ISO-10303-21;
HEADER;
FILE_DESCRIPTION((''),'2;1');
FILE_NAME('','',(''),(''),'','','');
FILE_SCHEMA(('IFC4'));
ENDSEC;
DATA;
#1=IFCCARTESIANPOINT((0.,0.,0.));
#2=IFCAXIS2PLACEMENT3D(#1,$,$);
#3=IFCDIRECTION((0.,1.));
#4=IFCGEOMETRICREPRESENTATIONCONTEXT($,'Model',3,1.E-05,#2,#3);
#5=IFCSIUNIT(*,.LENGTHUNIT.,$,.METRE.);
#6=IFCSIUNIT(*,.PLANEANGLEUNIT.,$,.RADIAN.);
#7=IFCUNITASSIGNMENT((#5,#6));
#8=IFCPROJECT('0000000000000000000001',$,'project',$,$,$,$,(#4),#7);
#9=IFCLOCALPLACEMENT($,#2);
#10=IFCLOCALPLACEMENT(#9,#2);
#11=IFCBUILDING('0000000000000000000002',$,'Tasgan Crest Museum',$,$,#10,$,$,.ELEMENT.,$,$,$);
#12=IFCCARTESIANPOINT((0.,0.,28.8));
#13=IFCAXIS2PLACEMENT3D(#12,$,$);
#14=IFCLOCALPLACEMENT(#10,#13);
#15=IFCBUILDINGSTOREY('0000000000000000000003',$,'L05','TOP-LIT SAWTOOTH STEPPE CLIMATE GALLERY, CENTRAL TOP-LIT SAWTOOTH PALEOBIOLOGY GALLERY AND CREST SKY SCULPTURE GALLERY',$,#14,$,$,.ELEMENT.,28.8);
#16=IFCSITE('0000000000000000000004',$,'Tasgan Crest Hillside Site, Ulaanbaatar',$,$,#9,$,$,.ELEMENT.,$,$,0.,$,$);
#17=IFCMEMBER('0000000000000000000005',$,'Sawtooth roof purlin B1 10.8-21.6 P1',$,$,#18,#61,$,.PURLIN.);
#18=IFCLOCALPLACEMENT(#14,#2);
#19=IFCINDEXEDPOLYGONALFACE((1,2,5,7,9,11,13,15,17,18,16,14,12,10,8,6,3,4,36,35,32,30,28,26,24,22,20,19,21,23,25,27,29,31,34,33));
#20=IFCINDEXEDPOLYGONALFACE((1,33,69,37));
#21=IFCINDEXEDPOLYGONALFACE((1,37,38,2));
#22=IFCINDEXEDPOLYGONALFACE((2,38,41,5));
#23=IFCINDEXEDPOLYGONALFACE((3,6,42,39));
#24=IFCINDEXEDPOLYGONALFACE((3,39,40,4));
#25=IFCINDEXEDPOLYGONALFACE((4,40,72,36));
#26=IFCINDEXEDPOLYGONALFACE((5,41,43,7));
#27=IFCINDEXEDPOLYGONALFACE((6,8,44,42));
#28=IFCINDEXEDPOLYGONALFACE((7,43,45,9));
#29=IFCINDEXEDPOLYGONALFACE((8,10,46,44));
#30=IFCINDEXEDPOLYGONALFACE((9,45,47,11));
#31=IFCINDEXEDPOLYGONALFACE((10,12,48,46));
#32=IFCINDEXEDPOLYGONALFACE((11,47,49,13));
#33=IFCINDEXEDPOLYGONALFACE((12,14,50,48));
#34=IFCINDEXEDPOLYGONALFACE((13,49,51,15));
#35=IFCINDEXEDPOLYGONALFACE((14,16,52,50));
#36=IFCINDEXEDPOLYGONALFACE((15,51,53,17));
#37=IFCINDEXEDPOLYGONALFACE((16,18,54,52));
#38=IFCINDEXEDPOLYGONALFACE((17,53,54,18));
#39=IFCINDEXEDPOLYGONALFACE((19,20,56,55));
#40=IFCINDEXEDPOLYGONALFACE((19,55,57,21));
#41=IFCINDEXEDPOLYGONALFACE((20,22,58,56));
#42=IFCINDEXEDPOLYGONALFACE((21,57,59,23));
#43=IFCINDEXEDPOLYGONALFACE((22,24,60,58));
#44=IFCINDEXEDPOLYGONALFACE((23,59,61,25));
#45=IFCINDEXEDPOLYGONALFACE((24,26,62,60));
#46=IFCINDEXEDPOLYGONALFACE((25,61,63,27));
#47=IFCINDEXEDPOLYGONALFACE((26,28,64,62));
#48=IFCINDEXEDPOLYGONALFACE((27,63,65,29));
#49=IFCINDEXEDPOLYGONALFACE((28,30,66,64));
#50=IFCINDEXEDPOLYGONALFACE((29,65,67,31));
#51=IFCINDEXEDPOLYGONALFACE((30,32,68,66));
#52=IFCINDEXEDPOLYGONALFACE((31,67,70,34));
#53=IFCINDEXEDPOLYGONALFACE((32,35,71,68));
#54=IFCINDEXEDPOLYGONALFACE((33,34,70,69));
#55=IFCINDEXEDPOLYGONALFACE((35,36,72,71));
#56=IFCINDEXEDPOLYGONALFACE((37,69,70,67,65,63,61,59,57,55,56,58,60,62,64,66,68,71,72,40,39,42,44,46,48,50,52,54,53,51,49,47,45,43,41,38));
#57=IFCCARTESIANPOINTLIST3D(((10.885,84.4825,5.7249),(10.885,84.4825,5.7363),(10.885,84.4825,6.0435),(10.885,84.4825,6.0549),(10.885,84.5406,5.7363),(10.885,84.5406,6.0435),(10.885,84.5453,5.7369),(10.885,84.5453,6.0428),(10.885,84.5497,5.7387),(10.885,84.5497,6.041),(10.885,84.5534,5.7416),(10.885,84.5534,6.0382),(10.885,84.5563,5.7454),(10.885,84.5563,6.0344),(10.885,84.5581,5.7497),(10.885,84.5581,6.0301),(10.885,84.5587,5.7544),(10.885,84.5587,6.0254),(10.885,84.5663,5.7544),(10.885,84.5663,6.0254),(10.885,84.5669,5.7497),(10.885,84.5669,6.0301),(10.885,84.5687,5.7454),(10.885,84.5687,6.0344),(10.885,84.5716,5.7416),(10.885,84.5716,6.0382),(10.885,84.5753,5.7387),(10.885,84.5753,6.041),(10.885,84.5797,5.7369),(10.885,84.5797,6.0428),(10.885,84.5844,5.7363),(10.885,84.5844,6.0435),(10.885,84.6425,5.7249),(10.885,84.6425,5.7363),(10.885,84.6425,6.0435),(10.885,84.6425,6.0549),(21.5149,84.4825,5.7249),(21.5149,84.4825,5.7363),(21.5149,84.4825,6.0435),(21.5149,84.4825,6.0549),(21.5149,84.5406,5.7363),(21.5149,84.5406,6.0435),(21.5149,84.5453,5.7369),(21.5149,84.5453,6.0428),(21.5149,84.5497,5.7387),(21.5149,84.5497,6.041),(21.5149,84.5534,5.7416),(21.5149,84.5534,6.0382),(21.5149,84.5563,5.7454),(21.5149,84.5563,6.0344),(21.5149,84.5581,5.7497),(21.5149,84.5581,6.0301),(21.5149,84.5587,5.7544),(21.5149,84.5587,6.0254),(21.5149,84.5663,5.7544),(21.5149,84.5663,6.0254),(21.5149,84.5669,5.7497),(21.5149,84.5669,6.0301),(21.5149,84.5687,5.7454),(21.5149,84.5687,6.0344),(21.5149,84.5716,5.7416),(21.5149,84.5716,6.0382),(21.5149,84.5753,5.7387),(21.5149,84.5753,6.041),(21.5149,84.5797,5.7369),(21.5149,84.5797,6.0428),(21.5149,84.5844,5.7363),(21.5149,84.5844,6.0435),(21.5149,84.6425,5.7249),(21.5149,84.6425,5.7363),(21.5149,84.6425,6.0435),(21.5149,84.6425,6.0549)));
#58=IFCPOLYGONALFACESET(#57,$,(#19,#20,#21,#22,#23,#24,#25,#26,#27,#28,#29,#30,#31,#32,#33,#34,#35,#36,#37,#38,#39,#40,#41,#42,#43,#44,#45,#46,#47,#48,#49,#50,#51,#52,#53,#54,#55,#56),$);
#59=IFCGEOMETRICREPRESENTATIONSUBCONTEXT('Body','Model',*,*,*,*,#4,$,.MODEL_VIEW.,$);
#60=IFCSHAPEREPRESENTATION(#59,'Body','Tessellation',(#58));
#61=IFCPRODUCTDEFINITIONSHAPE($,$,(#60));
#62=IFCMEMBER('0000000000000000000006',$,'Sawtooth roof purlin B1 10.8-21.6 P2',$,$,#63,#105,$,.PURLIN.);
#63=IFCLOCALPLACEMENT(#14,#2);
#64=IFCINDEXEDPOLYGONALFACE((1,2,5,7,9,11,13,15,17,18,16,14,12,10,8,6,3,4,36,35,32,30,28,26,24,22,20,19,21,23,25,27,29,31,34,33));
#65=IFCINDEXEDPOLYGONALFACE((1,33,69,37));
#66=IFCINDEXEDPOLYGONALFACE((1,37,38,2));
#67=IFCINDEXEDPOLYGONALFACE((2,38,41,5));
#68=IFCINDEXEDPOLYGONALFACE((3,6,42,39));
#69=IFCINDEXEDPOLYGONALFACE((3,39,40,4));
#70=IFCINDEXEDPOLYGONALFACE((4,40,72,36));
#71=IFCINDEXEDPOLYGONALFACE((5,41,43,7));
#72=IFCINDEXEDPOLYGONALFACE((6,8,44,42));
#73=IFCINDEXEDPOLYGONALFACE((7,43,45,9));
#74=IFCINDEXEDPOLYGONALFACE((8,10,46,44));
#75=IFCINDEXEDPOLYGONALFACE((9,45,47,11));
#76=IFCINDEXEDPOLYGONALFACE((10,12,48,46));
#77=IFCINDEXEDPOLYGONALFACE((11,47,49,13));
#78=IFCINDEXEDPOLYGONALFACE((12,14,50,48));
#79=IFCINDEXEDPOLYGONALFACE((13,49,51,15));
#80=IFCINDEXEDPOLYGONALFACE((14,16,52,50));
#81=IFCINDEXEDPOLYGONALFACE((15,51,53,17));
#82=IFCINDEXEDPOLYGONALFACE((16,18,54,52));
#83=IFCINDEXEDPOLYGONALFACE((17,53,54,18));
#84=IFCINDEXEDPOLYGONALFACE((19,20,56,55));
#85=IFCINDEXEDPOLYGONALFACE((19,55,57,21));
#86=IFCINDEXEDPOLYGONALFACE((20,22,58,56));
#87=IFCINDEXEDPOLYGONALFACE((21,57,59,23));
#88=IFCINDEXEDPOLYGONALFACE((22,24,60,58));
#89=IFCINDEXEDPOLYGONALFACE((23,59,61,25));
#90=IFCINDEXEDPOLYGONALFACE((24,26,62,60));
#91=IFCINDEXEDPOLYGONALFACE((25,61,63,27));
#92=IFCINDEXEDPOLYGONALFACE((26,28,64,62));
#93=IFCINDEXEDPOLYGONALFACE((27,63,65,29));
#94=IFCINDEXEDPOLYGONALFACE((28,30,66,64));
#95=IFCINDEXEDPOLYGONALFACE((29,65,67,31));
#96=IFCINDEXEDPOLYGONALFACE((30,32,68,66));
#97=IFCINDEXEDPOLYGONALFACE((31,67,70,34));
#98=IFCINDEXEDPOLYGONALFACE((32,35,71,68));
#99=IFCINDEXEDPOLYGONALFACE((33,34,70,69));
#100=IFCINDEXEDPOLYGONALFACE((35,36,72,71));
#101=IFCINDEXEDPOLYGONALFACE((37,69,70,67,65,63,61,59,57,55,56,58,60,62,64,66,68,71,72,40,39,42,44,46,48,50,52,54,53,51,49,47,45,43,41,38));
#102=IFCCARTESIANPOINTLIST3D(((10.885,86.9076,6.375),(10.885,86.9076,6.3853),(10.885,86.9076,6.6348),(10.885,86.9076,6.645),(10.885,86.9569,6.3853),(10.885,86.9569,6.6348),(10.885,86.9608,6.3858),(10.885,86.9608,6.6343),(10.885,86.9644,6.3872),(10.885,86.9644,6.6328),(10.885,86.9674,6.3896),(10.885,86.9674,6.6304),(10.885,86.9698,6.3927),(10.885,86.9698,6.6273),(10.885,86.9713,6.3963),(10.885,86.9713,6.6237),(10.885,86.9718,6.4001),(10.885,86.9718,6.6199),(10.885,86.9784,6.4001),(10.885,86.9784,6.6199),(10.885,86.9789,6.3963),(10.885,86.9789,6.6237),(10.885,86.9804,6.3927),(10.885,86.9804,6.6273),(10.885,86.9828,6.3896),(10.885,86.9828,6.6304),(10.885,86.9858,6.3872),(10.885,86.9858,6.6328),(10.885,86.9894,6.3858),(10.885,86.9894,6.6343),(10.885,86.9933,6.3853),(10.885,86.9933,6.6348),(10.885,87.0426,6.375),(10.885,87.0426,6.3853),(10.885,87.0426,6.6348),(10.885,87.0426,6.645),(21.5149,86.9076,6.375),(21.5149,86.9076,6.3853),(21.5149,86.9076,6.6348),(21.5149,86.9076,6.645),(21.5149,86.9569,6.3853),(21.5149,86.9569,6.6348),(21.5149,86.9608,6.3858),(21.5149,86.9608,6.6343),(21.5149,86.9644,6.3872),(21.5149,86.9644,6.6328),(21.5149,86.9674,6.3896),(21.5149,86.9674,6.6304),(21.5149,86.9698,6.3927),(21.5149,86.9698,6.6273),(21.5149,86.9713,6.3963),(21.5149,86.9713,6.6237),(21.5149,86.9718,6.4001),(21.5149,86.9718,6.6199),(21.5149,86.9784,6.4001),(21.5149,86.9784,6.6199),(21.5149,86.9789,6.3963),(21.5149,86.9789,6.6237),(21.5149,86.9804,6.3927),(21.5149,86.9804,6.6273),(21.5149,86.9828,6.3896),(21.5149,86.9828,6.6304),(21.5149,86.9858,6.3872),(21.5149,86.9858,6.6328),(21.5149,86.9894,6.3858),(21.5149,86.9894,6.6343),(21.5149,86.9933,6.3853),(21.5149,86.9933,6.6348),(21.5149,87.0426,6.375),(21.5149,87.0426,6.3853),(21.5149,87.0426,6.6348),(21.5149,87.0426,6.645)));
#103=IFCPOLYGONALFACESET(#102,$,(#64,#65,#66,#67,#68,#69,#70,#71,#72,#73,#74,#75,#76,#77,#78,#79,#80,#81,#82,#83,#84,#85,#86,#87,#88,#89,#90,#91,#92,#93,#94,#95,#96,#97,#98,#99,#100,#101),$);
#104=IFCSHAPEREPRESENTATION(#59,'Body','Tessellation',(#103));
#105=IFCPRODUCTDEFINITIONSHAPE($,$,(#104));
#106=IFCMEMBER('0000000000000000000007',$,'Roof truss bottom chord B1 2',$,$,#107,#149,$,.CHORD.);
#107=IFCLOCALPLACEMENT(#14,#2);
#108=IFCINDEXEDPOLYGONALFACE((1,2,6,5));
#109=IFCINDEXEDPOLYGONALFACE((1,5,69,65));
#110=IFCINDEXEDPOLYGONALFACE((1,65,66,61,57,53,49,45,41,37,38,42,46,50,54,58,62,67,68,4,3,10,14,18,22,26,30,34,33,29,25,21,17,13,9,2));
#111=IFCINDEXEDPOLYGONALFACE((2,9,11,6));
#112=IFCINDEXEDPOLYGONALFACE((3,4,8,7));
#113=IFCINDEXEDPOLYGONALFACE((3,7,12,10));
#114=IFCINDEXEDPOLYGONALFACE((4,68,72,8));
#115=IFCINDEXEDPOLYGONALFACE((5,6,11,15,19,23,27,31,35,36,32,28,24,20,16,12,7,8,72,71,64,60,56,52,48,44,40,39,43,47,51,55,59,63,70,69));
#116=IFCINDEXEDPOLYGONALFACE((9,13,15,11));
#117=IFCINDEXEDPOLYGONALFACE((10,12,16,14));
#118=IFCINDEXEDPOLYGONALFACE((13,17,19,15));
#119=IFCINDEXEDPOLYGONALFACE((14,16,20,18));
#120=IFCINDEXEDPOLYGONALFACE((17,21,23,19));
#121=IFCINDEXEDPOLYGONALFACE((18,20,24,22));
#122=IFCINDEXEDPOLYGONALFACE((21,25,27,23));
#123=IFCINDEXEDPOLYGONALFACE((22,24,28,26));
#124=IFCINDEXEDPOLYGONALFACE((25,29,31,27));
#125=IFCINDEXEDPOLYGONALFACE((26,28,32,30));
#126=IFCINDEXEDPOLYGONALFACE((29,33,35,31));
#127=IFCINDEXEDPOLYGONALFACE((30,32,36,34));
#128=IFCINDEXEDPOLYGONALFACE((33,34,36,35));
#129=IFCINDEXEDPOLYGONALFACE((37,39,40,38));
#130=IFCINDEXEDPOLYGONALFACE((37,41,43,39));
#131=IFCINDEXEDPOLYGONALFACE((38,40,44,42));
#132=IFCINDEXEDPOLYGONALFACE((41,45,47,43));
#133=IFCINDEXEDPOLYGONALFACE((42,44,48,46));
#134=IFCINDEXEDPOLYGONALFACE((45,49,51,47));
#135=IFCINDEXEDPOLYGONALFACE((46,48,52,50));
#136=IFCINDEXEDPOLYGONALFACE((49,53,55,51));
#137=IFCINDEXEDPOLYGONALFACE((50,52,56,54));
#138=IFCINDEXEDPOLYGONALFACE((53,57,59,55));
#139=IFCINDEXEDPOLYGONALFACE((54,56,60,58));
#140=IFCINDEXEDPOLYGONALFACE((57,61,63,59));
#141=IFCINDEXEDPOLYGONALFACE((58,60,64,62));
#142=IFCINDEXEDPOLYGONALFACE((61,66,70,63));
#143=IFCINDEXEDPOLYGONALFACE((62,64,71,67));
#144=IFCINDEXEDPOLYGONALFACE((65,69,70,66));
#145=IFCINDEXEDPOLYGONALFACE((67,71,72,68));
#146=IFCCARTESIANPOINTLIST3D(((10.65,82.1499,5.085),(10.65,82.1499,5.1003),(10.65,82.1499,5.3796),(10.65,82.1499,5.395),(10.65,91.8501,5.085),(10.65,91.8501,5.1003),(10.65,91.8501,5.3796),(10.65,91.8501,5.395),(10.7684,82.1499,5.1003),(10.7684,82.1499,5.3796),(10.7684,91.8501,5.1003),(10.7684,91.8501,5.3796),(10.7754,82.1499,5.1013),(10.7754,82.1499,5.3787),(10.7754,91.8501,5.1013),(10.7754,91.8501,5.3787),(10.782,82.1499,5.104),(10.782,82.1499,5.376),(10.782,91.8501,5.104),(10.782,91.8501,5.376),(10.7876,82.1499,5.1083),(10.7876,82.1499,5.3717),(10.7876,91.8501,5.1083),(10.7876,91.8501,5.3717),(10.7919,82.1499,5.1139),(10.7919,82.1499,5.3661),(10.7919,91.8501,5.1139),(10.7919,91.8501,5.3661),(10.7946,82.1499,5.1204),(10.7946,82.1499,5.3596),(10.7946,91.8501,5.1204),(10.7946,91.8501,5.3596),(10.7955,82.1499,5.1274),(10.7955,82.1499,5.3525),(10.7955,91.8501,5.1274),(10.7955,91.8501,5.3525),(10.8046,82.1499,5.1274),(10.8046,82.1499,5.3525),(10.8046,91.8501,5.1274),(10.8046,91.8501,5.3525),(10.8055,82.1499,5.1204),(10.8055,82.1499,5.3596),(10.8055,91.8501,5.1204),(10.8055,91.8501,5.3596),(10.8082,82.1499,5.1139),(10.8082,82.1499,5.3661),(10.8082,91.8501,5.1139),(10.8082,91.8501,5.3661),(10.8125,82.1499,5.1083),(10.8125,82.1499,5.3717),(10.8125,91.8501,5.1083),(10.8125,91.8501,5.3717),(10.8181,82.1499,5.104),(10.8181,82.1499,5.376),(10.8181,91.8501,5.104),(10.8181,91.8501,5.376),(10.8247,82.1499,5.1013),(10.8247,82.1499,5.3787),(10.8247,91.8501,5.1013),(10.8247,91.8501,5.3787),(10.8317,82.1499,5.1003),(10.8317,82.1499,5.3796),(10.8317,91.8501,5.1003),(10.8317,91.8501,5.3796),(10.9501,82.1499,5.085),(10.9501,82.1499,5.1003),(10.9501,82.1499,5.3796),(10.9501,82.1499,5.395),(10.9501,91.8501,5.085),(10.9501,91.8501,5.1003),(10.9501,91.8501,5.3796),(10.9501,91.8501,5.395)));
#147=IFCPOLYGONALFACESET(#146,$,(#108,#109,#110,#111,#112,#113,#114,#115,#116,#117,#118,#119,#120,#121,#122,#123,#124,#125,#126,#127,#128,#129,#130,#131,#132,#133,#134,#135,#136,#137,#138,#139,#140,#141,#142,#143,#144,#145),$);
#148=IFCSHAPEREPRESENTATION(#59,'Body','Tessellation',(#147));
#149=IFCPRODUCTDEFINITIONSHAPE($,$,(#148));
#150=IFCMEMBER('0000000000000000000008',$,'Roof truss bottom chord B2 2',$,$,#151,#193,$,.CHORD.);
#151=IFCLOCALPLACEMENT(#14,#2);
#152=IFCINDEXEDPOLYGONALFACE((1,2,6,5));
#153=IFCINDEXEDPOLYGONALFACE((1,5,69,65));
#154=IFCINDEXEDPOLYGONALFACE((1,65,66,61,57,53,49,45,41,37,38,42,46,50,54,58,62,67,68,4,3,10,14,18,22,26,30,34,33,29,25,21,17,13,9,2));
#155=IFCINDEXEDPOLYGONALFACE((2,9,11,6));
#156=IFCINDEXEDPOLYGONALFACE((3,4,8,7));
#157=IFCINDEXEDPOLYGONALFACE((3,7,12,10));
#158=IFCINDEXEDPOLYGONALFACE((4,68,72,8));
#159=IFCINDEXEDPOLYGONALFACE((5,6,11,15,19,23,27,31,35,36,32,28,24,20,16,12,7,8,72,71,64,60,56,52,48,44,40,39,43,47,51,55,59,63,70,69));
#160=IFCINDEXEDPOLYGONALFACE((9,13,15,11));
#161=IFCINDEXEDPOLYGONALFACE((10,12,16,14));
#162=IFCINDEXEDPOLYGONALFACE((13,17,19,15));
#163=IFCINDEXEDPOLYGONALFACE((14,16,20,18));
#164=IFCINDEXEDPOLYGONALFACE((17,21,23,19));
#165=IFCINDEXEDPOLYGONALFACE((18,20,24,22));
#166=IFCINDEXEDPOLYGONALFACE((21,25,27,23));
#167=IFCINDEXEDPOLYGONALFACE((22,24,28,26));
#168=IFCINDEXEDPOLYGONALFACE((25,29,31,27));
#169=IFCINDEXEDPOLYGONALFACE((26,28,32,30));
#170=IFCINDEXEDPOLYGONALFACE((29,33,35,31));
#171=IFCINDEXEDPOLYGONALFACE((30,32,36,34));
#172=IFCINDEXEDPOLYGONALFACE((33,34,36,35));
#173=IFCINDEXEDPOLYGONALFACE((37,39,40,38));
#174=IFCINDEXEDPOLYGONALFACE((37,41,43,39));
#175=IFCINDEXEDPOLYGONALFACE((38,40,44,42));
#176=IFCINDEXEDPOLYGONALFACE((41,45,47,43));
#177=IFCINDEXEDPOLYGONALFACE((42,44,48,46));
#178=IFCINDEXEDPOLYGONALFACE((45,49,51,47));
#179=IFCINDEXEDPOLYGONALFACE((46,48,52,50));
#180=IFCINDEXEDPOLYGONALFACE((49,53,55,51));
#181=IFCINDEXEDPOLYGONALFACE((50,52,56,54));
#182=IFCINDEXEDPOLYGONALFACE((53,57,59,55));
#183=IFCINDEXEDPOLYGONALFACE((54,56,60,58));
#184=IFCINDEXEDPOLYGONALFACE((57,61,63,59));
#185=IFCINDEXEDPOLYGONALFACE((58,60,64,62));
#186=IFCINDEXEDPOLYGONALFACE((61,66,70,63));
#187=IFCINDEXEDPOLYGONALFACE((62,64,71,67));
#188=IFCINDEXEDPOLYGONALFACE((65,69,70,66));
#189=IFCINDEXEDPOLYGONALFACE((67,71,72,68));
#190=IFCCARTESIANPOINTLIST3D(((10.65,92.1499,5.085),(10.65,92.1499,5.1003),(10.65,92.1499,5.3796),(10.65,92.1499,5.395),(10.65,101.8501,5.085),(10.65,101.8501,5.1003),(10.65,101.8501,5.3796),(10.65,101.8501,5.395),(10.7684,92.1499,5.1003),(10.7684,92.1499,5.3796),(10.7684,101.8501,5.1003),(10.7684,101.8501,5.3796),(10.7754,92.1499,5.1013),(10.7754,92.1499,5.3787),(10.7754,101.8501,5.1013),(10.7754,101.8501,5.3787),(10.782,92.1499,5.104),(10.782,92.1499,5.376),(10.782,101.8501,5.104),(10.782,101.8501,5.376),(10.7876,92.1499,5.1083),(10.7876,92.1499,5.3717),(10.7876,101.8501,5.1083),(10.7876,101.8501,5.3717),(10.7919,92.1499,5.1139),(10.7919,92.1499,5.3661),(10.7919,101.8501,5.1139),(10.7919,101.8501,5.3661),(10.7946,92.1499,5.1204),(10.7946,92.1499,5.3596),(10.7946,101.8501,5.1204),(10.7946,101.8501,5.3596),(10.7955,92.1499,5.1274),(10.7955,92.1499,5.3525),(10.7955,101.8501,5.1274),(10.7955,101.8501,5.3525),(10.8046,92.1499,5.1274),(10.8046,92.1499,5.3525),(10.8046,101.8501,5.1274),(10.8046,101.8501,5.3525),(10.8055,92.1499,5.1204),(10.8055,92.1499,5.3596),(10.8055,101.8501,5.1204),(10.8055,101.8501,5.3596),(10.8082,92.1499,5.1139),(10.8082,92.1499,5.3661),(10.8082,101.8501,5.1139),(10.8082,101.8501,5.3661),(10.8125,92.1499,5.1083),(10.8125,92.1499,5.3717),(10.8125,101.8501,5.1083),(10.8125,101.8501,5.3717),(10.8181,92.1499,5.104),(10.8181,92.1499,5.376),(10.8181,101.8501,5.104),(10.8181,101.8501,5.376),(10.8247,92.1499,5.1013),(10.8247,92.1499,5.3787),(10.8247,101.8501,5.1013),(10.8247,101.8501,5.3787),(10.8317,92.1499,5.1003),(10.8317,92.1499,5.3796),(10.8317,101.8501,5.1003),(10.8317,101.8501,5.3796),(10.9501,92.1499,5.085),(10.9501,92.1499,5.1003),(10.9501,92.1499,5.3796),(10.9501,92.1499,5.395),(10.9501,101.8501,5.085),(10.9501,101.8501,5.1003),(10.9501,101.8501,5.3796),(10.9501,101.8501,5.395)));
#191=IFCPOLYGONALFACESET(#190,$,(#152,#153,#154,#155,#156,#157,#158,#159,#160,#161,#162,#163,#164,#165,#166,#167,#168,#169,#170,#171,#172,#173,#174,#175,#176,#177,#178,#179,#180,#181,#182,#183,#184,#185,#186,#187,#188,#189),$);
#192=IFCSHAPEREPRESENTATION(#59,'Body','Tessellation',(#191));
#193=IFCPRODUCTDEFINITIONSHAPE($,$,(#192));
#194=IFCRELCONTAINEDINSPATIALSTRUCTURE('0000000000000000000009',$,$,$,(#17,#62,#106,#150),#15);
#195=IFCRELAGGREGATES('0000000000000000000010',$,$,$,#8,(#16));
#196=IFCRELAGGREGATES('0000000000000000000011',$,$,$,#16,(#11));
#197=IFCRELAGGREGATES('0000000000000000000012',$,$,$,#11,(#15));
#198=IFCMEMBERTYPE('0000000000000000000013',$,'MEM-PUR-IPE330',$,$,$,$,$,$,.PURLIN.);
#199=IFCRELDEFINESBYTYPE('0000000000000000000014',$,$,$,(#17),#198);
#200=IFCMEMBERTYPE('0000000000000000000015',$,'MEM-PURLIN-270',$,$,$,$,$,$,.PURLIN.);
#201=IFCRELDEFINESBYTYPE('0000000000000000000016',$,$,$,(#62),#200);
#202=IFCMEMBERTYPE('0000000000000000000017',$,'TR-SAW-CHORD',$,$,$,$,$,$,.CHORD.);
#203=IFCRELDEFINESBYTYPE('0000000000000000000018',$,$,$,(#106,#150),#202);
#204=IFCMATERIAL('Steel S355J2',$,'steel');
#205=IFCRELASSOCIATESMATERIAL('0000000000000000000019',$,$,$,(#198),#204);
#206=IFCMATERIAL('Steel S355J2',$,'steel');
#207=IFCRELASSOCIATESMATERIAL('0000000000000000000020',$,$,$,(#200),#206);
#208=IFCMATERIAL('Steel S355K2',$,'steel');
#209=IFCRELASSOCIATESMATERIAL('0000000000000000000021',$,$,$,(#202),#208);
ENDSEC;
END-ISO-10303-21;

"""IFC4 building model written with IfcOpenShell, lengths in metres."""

from ifc_helpers import new_model, si_unit, direction, frame, origin, origin_2d, place, context, subcontext, project, spatial, i_section, extrude, material, material_profile, profile_set, type_object, element, save


model = new_model("IFC4")

# Units and contexts
model_context = context("Model", 3, precision=1e-05, world=origin(), true_north=direction((0.0, 1.0)))
body_context = subcontext(model_context, "Body", "Model", "MODEL_VIEW")
ifc_project = project(units=[si_unit("LENGTHUNIT", "METRE"), si_unit("PLANEANGLEUNIT", "RADIAN")], contexts=[model_context])

# Site, building, storey
site_placement = place(None, origin())
site = spatial("IfcSite", under=ifc_project, at=site_placement, Name="Tasgan Crest Hillside Site, Ulaanbaatar", CompositionType="ELEMENT", RefElevation=0.0)
building_placement = place(site_placement, origin())
building = spatial("IfcBuilding", under=site, at=building_placement, Name="Tasgan Crest Museum", CompositionType="ELEMENT")
storey_placement = place(building_placement, frame((0.0, 0.0, 28.8)))
storey = spatial("IfcBuildingStorey", under=building, at=storey_placement, Name="L05", Description="TOP-LIT SAWTOOTH STEPPE CLIMATE GALLERY, CENTRAL TOP-LIT SAWTOOTH PALEOBIOLOGY GALLERY AND CREST SKY SCULPTURE GALLERY", CompositionType="ELEMENT", Elevation=28.8)

# Members
ifc_material_1 = material(Name="Steel S355J2", Category="steel")
ifc_material_profile_1 = material_profile(ifc_material_1, i_section(OverallWidth=0.1599, OverallDepth=0.3301, WebThickness=0.0076, FlangeThickness=0.0115, FilletRadius=0.0181, at=origin_2d()), Name="IPE 330")
ifc_profile_set_1 = profile_set([ifc_material_profile_1], Name="Steel S355J2")
member_type_1 = type_object("IfcMemberType", Name="MEM-PUR-IPE330", PredefinedType="PURLIN", material=ifc_profile_set_1)
member_1_placement = place(storey_placement, frame((10.885, 84.5625, 5.8899), z_axis=(1.0, 0.0, 0.0), x_axis=(0.0, 1.0, 0.0)))
element("IfcMember", 1, at=member_1_placement, inside=storey, type_object=member_type_1, Name="Sawtooth roof purlin B1 10.8-21.6 P1", PredefinedType="PURLIN", context=body_context, shape_type="SweptSolid", body=[
    extrude(i_section(OverallWidth=0.1599, OverallDepth=0.3301, WebThickness=0.0076, FlangeThickness=0.0115, FilletRadius=0.0181, at=origin_2d()), origin(), (0.0, 0.0, 1.0), 10.6299),
])
ifc_material_2 = material(Name="Steel S355J2", Category="steel")
ifc_material_profile_2 = material_profile(ifc_material_2, i_section(OverallWidth=0.135, OverallDepth=0.27, WebThickness=0.0066, FlangeThickness=0.0103, FilletRadius=0.0149, at=origin_2d()), Name="IPE 270")
ifc_profile_set_2 = profile_set([ifc_material_profile_2], Name="Steel S355J2")
member_type_2 = type_object("IfcMemberType", Name="MEM-PURLIN-270", PredefinedType="PURLIN", material=ifc_profile_set_2)
member_2_placement = place(storey_placement, frame((10.885, 86.9751, 6.51), z_axis=(1.0, 0.0, 0.0), x_axis=(0.0, 1.0, 0.0)))
element("IfcMember", 2, at=member_2_placement, inside=storey, type_object=member_type_2, Name="Sawtooth roof purlin B1 10.8-21.6 P2", PredefinedType="PURLIN", context=body_context, shape_type="SweptSolid", body=[
    extrude(i_section(OverallWidth=0.135, OverallDepth=0.27, WebThickness=0.0066, FlangeThickness=0.0103, FilletRadius=0.0149, at=origin_2d()), origin(), (0.0, 0.0, 1.0), 10.6299),
])
ifc_material_3 = material(Name="Steel S355K2", Category="steel")
ifc_material_profile_3 = material_profile(ifc_material_3, i_section(OverallWidth=0.3, OverallDepth=0.3101, WebThickness=0.009, FlangeThickness=0.0154, FilletRadius=0.0271, at=origin_2d()), Name="HEA 320")
ifc_profile_set_3 = profile_set([ifc_material_profile_3], Name="Steel S355K2")
member_type_3 = type_object("IfcMemberType", Name="TR-SAW-CHORD", PredefinedType="CHORD", material=ifc_profile_set_3)
for number, where, z_axis, x_axis, name in (
    (3, (10.8, 82.1499, 5.24), (0.0, 1.0, 0.0), (-1.0, 0.0, 0.0), "Roof truss bottom chord B1 2"),
    (4, (10.8, 92.1499, 5.24), (0.0, 1.0, 0.0), (-1.0, 0.0, 0.0), "Roof truss bottom chord B2 2"),
):
    element("IfcMember", number, at=place(storey_placement, frame(where, z_axis=z_axis, x_axis=x_axis)), inside=storey, type_object=member_type_3, Name=name, PredefinedType="CHORD", context=body_context, shape_type="SweptSolid", body=[
        extrude(i_section(OverallWidth=0.3, OverallDepth=0.3101, WebThickness=0.009, FlangeThickness=0.0154, FilletRadius=0.0271, at=origin_2d()), origin(), (0.0, 0.0, 1.0), 9.7002),
    ])

save(model, "model.ifc")
